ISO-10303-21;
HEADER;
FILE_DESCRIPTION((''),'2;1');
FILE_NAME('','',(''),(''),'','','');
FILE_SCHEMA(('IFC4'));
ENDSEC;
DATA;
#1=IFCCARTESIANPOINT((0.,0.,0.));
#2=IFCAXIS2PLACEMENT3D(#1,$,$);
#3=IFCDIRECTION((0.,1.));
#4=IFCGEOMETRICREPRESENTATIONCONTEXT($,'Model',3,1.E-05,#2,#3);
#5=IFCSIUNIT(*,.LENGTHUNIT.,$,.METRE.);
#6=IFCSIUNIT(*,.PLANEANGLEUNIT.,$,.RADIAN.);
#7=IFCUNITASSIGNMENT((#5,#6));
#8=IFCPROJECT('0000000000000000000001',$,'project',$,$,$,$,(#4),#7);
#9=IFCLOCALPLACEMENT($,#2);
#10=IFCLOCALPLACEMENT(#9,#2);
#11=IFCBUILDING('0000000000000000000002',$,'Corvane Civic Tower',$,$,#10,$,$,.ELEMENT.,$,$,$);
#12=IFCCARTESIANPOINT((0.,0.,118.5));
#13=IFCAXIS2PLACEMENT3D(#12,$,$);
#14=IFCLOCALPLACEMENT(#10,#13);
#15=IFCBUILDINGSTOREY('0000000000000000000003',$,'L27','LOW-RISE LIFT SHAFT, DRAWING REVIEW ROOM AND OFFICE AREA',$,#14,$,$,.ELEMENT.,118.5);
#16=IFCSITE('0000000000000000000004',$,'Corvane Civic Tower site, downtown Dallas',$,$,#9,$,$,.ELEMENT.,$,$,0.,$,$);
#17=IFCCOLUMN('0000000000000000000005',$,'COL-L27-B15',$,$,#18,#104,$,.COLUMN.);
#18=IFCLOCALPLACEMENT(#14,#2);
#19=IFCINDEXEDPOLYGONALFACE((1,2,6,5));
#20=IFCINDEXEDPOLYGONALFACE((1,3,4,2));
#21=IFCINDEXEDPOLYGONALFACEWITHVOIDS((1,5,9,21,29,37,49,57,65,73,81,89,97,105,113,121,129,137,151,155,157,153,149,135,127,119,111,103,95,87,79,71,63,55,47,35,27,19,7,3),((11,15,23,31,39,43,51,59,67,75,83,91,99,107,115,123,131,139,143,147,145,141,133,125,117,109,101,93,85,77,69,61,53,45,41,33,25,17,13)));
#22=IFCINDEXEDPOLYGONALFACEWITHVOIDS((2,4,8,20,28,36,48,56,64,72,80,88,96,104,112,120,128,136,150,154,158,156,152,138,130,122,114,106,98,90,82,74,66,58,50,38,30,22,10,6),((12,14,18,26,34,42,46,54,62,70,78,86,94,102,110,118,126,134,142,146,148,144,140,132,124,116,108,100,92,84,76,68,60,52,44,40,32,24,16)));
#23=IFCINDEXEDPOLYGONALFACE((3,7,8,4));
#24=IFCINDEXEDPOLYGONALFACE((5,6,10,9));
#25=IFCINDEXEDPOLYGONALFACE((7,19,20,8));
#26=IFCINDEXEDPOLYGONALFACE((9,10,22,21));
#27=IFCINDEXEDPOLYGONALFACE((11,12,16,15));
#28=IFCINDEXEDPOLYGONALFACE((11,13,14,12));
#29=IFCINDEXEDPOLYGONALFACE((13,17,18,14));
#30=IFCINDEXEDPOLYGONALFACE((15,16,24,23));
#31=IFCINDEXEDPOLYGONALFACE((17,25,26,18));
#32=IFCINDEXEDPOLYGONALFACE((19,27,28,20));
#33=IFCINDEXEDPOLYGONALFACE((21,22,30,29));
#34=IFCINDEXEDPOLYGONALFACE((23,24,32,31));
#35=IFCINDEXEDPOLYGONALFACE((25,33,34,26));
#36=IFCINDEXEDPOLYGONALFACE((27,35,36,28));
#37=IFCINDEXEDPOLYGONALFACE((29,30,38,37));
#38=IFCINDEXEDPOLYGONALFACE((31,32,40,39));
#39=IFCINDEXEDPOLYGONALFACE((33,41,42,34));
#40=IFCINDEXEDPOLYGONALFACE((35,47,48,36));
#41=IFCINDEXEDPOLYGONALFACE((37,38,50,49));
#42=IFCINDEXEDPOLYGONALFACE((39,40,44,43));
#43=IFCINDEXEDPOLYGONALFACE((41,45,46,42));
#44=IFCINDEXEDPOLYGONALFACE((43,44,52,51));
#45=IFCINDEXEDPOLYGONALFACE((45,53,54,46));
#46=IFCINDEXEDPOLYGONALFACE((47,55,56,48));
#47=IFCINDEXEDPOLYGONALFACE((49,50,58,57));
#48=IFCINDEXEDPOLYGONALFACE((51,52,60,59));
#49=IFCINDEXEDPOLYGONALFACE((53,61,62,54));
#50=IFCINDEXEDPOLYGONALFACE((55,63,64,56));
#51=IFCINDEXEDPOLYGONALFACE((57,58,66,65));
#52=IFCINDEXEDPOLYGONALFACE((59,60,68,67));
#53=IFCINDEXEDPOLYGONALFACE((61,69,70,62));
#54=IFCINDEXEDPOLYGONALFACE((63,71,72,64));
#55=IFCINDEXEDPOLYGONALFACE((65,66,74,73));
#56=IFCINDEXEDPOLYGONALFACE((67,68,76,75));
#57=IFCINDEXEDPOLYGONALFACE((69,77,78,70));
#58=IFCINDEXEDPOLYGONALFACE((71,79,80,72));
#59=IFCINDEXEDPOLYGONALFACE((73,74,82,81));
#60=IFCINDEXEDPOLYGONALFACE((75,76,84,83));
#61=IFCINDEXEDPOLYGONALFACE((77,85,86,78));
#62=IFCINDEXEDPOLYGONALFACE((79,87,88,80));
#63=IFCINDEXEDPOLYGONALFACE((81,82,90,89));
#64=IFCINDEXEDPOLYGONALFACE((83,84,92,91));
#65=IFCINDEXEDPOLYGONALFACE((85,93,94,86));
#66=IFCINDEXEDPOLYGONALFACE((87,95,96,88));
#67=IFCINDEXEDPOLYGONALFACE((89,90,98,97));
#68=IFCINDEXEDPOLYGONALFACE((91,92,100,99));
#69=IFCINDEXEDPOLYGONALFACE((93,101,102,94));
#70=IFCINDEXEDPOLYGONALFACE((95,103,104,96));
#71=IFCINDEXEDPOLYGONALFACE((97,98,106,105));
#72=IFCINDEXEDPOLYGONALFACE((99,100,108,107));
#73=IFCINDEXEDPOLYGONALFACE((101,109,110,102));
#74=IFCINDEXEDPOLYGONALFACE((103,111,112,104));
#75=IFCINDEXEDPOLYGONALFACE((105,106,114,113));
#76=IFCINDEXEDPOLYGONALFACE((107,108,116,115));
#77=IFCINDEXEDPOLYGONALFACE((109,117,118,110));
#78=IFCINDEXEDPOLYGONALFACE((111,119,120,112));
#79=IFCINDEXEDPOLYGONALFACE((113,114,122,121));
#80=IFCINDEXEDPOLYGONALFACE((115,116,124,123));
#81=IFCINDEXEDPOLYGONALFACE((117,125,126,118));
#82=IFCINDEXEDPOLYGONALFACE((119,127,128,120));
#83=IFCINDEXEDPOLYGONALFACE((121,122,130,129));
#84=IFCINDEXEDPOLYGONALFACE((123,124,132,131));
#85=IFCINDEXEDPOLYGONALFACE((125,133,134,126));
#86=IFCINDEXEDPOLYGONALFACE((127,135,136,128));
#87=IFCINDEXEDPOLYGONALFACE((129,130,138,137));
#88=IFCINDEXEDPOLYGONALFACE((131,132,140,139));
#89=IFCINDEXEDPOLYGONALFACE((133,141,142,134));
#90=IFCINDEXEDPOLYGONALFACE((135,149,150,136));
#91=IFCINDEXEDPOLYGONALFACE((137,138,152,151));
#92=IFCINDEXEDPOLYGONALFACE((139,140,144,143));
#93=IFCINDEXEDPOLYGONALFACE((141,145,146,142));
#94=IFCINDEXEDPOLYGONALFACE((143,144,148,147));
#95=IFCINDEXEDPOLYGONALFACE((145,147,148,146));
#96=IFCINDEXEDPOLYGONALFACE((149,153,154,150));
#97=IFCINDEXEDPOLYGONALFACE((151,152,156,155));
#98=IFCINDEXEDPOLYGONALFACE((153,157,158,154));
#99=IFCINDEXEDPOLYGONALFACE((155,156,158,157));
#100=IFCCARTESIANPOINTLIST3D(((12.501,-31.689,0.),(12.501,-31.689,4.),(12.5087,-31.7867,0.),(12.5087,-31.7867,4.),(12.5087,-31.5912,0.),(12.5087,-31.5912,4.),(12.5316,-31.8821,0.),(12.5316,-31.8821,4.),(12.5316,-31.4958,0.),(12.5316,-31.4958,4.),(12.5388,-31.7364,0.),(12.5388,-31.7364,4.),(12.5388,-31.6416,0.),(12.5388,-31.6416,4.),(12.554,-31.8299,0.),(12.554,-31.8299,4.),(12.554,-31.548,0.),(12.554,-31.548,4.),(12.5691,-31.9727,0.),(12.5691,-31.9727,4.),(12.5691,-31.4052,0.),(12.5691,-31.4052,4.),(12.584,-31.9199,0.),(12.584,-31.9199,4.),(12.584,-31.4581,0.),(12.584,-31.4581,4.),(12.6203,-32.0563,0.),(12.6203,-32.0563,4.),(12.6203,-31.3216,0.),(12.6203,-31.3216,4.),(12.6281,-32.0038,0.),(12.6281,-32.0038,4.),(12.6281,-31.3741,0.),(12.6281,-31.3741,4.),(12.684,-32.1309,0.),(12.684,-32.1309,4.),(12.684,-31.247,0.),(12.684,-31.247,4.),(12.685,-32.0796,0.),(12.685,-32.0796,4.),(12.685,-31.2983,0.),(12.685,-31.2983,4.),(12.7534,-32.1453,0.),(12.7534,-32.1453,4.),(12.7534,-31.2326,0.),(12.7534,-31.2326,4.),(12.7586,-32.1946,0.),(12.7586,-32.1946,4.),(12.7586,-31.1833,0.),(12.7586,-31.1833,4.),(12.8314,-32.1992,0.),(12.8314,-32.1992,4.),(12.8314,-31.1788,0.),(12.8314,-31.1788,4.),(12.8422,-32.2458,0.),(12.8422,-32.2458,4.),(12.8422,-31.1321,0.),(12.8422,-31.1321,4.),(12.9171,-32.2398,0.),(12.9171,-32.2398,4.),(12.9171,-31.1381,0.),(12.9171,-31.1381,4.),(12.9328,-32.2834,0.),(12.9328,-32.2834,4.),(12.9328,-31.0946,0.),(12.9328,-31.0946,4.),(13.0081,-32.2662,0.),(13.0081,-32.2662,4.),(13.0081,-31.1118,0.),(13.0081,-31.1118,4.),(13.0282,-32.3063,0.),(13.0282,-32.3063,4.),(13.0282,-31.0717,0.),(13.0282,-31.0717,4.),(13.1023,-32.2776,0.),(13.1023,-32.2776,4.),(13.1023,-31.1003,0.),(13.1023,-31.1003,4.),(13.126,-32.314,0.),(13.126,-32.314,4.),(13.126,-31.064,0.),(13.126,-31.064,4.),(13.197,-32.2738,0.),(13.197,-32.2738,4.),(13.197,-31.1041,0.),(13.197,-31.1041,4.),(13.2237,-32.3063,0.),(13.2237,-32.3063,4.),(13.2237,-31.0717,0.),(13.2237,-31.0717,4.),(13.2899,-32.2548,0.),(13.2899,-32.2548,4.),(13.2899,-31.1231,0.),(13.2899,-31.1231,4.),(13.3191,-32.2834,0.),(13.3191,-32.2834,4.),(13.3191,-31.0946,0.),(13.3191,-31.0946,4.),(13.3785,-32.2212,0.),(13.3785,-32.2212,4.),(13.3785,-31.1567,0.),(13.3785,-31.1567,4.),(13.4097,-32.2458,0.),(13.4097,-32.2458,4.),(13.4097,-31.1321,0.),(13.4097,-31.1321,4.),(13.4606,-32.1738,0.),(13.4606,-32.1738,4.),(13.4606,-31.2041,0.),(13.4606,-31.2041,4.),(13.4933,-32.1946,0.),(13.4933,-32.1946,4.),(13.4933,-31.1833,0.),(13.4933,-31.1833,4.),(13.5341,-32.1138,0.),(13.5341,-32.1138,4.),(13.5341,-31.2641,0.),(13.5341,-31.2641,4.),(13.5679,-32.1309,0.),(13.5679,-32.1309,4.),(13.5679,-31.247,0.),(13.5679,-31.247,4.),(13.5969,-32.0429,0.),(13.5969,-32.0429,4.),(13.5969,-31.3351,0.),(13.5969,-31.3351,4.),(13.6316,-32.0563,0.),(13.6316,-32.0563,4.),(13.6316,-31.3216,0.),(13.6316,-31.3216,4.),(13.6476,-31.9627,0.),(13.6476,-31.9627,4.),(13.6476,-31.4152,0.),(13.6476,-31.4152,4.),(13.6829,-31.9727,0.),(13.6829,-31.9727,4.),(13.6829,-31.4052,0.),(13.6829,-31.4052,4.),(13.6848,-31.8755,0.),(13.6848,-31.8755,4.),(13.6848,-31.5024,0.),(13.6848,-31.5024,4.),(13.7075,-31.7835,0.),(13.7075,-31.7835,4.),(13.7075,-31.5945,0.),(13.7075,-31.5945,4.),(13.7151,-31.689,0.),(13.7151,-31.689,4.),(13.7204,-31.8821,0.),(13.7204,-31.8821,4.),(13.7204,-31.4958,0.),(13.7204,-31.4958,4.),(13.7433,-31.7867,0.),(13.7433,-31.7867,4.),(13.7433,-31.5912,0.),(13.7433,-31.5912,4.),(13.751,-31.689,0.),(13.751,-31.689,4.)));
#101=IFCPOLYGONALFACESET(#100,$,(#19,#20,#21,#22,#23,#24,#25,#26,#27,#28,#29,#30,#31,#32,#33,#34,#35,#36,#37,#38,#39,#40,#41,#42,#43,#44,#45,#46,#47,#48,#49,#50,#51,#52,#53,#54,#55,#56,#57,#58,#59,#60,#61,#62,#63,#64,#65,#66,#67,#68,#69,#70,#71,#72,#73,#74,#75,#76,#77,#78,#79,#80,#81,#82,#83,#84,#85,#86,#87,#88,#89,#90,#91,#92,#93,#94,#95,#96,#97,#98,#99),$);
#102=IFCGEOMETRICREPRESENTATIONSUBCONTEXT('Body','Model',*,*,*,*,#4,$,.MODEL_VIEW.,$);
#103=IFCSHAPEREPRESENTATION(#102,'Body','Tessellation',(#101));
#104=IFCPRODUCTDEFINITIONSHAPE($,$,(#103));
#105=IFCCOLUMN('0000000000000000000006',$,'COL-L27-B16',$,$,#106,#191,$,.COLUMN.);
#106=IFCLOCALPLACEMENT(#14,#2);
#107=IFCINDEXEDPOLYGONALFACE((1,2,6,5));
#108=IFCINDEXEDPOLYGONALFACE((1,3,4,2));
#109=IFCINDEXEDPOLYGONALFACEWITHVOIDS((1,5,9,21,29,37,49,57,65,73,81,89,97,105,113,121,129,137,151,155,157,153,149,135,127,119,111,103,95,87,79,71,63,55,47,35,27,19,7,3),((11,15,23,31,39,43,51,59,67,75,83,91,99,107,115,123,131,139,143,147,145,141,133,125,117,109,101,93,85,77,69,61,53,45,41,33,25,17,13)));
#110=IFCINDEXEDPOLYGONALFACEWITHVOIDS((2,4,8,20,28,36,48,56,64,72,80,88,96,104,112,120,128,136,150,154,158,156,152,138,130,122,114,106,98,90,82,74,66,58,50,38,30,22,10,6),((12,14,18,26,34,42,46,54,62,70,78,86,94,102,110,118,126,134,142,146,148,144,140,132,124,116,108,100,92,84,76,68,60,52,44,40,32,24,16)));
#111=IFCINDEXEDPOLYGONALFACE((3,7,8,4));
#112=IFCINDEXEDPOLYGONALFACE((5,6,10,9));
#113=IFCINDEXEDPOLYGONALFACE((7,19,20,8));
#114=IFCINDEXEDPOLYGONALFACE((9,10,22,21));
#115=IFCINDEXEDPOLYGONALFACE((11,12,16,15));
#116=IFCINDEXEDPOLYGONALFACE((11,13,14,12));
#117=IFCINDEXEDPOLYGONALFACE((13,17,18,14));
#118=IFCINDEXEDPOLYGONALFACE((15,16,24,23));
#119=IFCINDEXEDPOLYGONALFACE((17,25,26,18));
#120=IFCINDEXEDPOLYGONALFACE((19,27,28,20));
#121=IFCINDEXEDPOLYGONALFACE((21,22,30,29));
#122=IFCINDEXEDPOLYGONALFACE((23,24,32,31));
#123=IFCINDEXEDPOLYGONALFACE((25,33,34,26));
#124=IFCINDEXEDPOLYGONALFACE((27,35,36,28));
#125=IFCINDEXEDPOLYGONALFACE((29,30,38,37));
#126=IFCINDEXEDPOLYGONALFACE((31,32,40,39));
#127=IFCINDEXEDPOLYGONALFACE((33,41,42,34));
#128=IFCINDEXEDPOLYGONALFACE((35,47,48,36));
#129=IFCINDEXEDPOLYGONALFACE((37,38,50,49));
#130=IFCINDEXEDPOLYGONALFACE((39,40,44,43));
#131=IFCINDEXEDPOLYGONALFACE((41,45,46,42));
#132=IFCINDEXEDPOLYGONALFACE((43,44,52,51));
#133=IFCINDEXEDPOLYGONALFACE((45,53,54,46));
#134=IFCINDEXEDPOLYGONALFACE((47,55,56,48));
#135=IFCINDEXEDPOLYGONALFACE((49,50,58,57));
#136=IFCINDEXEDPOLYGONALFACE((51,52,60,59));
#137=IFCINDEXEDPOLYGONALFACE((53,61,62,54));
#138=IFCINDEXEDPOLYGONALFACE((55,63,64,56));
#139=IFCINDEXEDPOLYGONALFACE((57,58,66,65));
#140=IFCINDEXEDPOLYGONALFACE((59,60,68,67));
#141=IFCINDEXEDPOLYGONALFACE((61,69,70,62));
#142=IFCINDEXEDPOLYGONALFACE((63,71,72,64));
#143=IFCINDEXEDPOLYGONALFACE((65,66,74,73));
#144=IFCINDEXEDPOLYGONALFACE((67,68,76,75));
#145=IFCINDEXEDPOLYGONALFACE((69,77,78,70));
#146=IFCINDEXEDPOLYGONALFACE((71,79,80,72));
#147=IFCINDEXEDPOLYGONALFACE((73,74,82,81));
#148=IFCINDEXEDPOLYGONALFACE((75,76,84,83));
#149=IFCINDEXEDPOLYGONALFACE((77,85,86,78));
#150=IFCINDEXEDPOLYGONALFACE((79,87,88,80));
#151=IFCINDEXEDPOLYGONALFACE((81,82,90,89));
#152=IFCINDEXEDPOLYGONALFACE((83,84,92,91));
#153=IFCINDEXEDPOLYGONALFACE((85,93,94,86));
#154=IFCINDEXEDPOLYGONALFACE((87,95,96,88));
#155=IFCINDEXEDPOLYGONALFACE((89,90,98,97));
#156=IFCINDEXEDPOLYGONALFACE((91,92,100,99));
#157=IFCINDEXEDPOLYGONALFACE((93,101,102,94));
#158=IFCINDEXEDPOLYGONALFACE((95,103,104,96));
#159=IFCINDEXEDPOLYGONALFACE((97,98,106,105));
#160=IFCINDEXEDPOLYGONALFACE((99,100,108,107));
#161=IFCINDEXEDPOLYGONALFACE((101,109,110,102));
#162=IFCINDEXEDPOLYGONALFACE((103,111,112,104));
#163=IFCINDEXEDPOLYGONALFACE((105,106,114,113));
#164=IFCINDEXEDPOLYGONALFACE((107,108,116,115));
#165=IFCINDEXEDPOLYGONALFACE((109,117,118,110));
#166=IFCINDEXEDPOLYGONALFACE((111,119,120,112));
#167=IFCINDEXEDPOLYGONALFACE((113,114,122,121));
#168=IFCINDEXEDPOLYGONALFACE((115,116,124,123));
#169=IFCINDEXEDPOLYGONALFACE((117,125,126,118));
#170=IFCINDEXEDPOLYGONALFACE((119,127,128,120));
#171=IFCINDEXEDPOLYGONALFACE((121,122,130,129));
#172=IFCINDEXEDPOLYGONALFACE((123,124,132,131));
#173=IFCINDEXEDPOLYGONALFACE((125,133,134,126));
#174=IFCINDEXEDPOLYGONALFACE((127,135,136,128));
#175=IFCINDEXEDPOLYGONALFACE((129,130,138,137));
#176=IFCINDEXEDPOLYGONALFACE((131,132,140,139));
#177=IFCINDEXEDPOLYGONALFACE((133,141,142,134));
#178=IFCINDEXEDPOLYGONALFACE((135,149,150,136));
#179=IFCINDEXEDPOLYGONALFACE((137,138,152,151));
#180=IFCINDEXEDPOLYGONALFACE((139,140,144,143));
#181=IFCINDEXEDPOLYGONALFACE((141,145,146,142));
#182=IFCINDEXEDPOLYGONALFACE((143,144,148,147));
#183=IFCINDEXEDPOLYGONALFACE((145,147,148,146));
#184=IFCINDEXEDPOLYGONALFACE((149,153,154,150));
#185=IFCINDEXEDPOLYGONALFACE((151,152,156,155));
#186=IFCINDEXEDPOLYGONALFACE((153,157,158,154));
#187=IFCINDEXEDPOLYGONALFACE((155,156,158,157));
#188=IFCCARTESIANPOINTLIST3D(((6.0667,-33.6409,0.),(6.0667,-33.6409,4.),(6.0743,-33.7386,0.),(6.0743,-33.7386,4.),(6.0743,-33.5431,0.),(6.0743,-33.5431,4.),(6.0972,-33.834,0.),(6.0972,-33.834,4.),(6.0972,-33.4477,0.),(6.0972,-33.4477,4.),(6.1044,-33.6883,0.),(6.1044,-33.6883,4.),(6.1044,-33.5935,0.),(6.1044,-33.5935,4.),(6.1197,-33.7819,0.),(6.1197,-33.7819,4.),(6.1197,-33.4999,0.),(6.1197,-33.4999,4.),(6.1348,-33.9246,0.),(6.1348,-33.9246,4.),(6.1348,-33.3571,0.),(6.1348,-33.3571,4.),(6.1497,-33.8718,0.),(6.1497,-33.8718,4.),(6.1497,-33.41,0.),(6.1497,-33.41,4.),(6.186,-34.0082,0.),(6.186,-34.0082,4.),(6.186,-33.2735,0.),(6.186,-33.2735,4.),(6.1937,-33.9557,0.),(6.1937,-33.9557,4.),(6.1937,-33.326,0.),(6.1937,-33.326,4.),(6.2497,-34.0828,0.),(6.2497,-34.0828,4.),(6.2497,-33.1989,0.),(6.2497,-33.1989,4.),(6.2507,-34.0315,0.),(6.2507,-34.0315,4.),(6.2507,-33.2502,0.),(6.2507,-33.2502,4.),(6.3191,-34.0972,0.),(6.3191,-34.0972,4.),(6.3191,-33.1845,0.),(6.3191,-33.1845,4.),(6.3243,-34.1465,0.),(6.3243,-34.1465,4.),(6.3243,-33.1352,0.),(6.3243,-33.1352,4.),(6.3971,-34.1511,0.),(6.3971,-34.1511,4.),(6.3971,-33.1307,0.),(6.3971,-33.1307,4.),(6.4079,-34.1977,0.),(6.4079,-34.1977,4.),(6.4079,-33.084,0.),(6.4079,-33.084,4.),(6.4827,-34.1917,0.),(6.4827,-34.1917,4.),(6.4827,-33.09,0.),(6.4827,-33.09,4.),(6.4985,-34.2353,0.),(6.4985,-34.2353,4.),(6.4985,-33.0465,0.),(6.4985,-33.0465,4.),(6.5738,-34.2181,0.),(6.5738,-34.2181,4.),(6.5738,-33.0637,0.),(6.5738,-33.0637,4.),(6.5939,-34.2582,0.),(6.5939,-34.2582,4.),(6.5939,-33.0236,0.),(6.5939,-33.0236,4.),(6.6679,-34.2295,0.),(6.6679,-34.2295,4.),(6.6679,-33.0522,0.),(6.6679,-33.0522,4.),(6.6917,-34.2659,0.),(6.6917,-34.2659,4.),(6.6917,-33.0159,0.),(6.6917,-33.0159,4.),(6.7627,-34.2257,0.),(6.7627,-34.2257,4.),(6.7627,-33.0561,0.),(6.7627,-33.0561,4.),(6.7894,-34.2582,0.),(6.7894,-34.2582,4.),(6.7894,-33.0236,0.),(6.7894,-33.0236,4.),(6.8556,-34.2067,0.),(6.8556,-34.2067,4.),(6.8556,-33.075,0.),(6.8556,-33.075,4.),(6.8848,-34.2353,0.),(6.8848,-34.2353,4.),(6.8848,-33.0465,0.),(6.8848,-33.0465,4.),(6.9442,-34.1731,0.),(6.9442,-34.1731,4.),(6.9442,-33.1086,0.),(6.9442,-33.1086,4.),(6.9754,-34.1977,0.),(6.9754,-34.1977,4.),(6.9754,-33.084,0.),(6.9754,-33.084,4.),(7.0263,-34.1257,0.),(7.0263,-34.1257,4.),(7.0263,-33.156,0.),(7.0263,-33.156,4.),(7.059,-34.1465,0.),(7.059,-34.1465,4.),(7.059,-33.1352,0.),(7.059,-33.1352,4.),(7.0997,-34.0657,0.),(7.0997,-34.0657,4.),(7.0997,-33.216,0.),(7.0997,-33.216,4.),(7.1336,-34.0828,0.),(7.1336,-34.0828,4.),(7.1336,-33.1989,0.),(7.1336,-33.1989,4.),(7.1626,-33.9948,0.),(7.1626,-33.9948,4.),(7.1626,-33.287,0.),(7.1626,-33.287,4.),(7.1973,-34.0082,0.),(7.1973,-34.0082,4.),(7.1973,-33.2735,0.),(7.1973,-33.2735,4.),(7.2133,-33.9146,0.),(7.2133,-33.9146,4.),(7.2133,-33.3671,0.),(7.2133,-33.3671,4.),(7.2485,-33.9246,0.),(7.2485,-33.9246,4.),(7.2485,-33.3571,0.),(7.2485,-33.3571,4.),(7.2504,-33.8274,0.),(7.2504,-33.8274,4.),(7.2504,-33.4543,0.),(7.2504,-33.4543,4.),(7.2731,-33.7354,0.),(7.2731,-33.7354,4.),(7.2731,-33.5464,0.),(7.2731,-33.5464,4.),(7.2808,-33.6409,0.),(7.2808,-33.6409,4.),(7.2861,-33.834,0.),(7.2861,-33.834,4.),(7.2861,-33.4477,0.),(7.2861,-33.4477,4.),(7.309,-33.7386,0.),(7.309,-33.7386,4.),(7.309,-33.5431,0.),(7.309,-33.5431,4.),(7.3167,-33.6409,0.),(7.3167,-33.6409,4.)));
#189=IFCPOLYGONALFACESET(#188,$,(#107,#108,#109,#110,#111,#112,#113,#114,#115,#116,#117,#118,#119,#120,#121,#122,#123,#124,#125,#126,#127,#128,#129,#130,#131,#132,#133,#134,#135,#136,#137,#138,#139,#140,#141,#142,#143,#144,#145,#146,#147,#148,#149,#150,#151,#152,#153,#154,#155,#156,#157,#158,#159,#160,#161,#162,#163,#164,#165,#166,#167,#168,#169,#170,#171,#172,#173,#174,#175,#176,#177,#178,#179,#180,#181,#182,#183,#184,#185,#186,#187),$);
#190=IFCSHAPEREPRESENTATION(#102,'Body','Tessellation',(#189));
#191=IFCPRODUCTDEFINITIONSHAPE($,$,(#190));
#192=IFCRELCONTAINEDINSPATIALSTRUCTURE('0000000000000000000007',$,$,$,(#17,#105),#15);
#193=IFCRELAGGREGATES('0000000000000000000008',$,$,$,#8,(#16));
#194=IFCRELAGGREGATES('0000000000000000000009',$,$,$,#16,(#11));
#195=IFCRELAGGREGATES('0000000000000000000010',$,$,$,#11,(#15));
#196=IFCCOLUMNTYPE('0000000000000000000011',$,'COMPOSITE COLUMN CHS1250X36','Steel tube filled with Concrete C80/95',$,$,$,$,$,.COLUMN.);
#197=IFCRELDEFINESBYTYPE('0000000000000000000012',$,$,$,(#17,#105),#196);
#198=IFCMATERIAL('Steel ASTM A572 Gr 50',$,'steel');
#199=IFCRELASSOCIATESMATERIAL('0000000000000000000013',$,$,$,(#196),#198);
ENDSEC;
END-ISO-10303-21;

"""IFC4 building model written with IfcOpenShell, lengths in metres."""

from ifc_helpers import new_model, si_unit, direction, frame, origin, origin_2d, place, context, subcontext, project, spatial, hollow_circle, extrude, material, material_profile, profile_set, type_object, element, save


model = new_model("IFC4")

# Units and contexts
model_context = context("Model", 3, precision=1e-05, world=origin(), true_north=direction((0.0, 1.0)))
body_context = subcontext(model_context, "Body", "Model", "MODEL_VIEW")
ifc_project = project(units=[si_unit("LENGTHUNIT", "METRE"), si_unit("PLANEANGLEUNIT", "RADIAN")], contexts=[model_context])

# Site, building, storey
site_placement = place(None, origin())
site = spatial("IfcSite", under=ifc_project, at=site_placement, Name="Corvane Civic Tower site, downtown Dallas", CompositionType="ELEMENT", RefElevation=0.0)
building_placement = place(site_placement, origin())
building = spatial("IfcBuilding", under=site, at=building_placement, Name="Corvane Civic Tower", CompositionType="ELEMENT")
storey_placement = place(building_placement, frame((0.0, 0.0, 118.5)))
storey = spatial("IfcBuildingStorey", under=building, at=storey_placement, Name="L27", Description="LOW-RISE LIFT SHAFT, DRAWING REVIEW ROOM AND OFFICE AREA", CompositionType="ELEMENT", Elevation=118.5)

# Columns
ifc_material_1 = material(Name="Steel ASTM A572 Gr 50", Category="steel")
ifc_material_profile_1 = material_profile(ifc_material_1, hollow_circle(Radius=0.625, WallThickness=0.0359, at=origin_2d()), Name="CHS1250X36")
ifc_profile_set_1 = profile_set([ifc_material_profile_1], Name="Steel ASTM A572 Gr 50")
column_type = type_object("IfcColumnType", Name="COMPOSITE COLUMN CHS1250X36", Description="Steel tube filled with Concrete C80/95", PredefinedType="COLUMN", material=ifc_profile_set_1)
for number, where, z_axis, x_axis, name in (
    (1, (13.126, -31.689, 0.0), (0.0, 0.0, 1.0), (1.0, 0.0, 0.0), "COL-L27-B15"),
    (2, (6.6917, -33.6409, 0.0), (0.0, 0.0, 1.0), (1.0, 0.0, 0.0), "COL-L27-B16"),
):
    element("IfcColumn", number, at=place(storey_placement, frame(where, z_axis=z_axis, x_axis=x_axis)), inside=storey, type_object=column_type, Name=name, PredefinedType="COLUMN", context=body_context, shape_type="SweptSolid", body=[
        extrude(hollow_circle(Radius=0.625, WallThickness=0.0359, at=origin_2d()), origin(), (0.0, 0.0, 1.0), 4.0),
    ])

save(model, "model.ifc")
